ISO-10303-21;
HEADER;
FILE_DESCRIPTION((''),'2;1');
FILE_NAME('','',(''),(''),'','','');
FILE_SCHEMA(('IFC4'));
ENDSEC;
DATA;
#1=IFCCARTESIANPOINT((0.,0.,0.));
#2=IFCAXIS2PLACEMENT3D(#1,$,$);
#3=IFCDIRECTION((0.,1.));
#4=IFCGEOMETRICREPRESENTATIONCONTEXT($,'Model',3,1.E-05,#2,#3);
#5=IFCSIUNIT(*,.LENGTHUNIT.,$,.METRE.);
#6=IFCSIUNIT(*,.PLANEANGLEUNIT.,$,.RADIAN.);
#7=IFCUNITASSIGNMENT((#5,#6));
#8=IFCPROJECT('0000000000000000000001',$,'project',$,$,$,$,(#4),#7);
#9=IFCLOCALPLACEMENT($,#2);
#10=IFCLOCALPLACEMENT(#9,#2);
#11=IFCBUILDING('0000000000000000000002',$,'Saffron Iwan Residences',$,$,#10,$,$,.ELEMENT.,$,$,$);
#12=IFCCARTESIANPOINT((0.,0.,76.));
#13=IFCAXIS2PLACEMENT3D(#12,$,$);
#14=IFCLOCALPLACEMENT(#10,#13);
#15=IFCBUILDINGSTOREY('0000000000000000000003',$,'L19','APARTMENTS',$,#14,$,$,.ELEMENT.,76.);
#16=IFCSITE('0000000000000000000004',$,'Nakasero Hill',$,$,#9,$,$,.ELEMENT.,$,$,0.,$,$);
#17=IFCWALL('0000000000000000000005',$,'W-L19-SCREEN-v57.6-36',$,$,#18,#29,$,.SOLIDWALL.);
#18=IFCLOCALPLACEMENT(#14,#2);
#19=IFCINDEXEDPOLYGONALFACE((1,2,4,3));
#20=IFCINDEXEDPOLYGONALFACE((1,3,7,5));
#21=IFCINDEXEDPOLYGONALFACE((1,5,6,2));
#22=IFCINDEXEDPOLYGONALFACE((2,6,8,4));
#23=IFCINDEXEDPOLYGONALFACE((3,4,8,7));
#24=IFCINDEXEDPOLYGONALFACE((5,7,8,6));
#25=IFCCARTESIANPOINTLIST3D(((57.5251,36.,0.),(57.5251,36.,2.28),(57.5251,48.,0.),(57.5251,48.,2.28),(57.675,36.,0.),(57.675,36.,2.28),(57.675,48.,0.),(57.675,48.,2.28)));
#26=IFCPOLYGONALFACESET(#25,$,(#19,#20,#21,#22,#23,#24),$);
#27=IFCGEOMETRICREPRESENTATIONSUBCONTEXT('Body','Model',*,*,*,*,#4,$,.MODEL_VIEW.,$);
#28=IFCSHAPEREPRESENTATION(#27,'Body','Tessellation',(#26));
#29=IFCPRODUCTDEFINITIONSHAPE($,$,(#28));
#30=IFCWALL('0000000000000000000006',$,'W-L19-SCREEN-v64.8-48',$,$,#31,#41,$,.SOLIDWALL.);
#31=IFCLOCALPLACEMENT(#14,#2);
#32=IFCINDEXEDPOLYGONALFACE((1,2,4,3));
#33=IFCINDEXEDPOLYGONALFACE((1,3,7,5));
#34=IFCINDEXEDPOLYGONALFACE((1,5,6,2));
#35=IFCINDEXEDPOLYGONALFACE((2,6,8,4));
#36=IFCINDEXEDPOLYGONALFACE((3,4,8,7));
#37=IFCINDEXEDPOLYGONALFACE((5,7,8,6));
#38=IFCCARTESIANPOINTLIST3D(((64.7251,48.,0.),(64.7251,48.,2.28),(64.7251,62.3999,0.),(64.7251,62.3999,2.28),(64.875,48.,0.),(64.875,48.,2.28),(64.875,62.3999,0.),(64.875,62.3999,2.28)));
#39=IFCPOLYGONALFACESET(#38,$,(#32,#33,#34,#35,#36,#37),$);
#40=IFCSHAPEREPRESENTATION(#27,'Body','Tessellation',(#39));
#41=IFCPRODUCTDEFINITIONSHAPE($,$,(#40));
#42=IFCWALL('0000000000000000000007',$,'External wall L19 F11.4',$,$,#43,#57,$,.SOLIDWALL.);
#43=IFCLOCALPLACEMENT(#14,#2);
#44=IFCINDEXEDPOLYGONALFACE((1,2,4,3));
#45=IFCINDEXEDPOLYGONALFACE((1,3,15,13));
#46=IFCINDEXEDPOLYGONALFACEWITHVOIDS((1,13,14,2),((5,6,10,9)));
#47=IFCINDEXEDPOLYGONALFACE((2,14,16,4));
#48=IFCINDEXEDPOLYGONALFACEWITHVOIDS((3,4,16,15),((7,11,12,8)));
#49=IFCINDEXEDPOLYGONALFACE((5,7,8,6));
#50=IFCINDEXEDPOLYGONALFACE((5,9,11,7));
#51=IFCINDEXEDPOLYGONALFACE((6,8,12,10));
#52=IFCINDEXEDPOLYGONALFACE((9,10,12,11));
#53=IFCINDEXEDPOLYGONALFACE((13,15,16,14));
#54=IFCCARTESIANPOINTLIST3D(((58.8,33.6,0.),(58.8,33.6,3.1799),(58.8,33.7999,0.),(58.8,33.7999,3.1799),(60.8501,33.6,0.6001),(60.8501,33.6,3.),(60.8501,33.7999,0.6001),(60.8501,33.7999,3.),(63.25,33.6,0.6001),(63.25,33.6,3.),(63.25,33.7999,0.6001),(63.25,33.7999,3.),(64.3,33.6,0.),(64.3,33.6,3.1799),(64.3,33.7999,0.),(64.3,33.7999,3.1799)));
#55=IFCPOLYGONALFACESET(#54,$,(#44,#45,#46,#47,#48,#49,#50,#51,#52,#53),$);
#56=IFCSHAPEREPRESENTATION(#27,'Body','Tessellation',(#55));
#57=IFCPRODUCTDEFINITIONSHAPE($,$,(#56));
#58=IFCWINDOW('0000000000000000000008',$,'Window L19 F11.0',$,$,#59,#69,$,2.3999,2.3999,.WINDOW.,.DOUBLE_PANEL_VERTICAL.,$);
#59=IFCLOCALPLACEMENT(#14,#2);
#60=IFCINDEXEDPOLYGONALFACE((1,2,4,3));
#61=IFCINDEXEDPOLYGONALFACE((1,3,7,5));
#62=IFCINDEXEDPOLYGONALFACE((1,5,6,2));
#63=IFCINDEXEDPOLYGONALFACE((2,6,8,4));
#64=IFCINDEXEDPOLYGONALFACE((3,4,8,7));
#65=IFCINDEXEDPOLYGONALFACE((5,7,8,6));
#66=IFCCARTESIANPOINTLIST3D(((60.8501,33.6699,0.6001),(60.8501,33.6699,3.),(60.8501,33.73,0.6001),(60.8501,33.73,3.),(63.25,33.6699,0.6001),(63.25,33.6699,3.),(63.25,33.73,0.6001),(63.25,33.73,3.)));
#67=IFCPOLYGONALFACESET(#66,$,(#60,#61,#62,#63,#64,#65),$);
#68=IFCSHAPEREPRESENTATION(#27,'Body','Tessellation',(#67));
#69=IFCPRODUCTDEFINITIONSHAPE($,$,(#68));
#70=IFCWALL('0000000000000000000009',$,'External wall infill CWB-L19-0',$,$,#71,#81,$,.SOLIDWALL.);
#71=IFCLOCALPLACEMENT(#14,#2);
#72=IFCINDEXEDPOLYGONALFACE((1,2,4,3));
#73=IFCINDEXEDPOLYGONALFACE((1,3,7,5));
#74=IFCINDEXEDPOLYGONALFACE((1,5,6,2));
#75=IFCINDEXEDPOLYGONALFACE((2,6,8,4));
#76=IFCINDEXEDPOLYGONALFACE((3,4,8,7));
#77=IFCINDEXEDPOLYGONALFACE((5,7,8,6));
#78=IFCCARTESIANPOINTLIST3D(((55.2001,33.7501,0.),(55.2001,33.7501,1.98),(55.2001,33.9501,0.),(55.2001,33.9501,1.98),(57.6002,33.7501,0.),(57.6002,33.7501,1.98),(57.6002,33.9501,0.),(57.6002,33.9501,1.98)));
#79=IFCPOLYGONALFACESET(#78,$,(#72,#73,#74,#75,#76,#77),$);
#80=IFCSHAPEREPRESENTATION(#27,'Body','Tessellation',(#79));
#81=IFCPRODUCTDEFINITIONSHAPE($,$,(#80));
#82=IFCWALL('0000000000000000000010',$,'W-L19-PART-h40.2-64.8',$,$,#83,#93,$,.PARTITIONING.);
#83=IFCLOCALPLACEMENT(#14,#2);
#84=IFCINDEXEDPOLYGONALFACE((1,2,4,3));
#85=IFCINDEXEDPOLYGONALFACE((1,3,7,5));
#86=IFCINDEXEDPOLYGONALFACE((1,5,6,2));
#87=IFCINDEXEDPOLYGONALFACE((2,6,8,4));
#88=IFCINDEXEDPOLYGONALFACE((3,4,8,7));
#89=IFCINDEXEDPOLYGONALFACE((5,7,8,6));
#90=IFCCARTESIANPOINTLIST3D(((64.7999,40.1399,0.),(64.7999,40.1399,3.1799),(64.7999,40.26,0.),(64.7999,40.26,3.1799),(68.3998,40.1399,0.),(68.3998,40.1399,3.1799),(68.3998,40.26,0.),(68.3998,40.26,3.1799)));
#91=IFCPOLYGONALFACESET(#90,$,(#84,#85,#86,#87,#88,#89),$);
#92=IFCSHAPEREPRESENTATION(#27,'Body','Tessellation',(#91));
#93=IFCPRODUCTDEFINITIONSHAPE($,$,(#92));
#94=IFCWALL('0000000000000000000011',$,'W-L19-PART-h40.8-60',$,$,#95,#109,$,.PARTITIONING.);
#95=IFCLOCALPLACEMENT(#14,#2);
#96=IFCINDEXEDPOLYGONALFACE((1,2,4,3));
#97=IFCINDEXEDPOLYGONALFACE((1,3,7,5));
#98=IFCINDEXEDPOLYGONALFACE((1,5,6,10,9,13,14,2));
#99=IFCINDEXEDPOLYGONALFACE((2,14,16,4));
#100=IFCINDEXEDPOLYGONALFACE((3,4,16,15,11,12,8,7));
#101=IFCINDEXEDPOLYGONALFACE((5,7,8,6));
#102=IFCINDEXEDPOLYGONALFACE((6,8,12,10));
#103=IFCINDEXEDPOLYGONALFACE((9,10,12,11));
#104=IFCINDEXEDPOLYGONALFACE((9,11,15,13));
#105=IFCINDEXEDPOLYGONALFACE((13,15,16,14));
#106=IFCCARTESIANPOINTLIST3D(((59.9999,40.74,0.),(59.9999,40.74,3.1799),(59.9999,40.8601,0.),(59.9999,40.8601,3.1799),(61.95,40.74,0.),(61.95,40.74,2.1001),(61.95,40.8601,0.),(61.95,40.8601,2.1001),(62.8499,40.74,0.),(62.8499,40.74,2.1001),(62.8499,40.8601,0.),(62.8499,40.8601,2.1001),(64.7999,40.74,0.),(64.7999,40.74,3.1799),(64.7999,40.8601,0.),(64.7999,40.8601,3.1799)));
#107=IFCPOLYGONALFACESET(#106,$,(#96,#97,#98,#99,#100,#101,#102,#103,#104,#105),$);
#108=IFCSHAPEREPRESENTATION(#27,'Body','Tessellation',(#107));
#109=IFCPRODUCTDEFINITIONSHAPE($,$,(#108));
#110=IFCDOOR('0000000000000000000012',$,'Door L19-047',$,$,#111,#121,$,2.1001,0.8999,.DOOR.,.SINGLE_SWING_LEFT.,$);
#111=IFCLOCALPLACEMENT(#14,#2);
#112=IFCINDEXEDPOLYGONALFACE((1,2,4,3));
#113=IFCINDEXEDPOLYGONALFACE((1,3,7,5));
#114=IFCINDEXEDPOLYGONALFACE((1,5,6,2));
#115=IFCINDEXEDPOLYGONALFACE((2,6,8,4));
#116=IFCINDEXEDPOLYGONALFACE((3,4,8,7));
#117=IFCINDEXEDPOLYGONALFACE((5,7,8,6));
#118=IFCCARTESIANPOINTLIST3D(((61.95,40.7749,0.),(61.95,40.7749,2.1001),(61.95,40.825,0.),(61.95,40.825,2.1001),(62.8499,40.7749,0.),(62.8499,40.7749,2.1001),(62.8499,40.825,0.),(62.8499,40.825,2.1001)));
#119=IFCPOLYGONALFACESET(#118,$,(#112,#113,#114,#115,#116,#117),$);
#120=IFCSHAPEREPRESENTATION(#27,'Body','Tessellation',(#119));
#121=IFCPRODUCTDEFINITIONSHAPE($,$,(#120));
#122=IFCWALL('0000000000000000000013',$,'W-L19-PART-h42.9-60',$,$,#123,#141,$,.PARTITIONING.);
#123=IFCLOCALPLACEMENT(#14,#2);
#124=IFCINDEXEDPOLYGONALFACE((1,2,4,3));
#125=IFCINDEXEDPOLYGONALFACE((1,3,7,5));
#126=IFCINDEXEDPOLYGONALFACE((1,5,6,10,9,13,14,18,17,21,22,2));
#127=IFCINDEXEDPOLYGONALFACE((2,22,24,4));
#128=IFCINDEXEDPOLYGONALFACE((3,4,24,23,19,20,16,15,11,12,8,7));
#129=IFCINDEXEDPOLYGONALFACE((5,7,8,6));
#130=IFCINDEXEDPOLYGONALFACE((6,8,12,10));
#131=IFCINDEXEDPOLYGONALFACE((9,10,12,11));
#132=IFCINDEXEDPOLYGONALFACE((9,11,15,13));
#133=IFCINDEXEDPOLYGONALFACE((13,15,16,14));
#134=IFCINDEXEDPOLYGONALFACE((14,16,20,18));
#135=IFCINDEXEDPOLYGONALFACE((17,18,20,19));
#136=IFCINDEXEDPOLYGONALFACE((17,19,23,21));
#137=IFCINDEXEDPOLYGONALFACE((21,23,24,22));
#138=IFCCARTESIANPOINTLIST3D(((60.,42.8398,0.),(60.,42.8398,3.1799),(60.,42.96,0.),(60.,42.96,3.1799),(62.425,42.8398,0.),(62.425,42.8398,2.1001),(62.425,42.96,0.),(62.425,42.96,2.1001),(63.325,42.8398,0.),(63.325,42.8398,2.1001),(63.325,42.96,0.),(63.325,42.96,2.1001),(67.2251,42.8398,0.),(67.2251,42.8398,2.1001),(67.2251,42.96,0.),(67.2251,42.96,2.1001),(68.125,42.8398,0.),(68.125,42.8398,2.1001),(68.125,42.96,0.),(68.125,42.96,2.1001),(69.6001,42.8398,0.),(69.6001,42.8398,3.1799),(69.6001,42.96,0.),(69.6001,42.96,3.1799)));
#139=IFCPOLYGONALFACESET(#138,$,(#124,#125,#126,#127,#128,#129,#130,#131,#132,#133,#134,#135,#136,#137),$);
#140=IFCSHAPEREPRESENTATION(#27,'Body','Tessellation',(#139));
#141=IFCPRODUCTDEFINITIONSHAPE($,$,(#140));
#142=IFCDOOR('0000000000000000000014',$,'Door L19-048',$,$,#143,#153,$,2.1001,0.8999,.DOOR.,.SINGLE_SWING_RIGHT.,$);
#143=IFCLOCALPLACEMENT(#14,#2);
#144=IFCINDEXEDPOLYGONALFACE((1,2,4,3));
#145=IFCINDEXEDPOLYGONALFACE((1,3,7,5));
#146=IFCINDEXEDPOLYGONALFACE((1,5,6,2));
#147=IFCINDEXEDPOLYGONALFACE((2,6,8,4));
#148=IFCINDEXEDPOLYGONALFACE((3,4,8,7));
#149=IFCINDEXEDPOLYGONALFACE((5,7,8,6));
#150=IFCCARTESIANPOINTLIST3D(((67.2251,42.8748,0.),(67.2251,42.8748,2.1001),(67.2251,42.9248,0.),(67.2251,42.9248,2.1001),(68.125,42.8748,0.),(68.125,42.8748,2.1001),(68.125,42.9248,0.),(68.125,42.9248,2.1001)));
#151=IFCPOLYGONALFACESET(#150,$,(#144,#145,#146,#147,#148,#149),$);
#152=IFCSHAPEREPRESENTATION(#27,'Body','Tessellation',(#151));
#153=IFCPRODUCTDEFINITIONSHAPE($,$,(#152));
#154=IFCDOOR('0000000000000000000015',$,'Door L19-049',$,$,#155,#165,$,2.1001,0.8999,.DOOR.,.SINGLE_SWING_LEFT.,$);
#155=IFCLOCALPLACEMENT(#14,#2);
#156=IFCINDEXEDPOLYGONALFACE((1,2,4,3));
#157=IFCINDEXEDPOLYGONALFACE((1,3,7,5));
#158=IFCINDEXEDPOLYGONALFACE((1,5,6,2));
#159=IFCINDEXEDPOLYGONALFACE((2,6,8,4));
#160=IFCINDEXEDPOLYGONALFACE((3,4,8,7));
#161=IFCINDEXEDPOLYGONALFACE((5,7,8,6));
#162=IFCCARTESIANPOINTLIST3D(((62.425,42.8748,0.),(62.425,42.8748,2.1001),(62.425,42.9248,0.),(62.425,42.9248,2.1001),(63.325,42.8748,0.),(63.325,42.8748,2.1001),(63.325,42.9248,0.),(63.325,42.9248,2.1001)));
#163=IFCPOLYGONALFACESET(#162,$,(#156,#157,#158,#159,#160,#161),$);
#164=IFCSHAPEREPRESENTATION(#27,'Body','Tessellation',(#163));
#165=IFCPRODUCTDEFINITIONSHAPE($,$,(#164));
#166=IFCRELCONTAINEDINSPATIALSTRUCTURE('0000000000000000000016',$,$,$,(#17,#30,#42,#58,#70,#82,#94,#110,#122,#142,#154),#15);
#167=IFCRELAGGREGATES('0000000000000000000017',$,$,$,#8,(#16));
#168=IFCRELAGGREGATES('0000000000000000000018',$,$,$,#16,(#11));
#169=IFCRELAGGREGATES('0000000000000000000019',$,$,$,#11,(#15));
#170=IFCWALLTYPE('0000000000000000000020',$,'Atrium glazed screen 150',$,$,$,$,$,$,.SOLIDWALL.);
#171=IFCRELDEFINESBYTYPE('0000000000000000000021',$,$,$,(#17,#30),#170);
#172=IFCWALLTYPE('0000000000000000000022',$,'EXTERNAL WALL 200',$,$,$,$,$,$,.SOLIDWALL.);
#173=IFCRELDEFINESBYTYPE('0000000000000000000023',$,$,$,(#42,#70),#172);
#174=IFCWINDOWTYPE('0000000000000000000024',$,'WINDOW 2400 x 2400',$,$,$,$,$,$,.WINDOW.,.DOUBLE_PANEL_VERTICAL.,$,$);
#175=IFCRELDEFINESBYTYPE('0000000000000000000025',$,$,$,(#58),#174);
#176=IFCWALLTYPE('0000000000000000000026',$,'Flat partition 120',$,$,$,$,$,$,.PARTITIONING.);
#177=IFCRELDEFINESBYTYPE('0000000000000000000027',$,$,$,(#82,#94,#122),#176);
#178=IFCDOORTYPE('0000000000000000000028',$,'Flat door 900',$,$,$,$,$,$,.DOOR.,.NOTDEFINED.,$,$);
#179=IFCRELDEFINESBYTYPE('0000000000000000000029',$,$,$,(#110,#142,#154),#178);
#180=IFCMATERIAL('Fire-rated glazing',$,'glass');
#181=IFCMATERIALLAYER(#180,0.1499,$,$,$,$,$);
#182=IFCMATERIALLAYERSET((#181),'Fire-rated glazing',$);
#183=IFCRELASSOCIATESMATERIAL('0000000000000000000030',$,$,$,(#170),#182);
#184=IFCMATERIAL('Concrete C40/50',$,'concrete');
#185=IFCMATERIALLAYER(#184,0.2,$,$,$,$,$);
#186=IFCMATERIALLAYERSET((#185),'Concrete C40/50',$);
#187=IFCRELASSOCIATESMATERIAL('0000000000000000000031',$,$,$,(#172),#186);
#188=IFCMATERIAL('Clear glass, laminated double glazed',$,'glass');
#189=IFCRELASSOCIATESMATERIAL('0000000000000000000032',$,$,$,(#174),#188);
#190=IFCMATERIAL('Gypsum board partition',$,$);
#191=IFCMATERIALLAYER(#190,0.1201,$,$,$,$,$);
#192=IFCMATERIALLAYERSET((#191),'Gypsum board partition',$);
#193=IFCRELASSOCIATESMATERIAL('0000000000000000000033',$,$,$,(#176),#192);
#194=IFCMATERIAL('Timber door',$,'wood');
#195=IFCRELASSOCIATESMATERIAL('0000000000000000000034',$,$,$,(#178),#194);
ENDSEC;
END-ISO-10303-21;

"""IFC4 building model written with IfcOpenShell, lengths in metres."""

from ifc_helpers import new_model, si_unit, direction, frame, frame_2d, origin, place, context, subcontext, project, spatial, rectangle, extrude, material, layer, layer_set, type_object, element, fill, save


model = new_model("IFC4")

# Units and contexts
model_context = context("Model", 3, precision=1e-05, world=origin(), true_north=direction((0.0, 1.0)))
body_context = subcontext(model_context, "Body", "Model", "MODEL_VIEW")
ifc_project = project(units=[si_unit("LENGTHUNIT", "METRE"), si_unit("PLANEANGLEUNIT", "RADIAN")], contexts=[model_context])

# Site, building, storey
site_placement = place(None, origin())
site = spatial("IfcSite", under=ifc_project, at=site_placement, Name="Nakasero Hill", CompositionType="ELEMENT", RefElevation=0.0)
building_placement = place(site_placement, origin())
building = spatial("IfcBuilding", under=site, at=building_placement, Name="Saffron Iwan Residences", CompositionType="ELEMENT")
storey_placement = place(building_placement, frame((0.0, 0.0, 76.0)))
storey = spatial("IfcBuildingStorey", under=building, at=storey_placement, Name="L19", Description="APARTMENTS", CompositionType="ELEMENT", Elevation=76.0)

# Shared definitions
ifc_material_1 = material(Name="Clear glass, laminated double glazed", Category="glass")

# Walls
ifc_material_2 = material(Name="Fire-rated glazing", Category="glass")
ifc_layer_1 = layer(ifc_material_2, 0.1499)
ifc_layer_set_1 = layer_set([ifc_layer_1], Name="Fire-rated glazing")
wall_type_1 = type_object("IfcWallType", Name="Atrium glazed screen 150", PredefinedType="SOLIDWALL", material=ifc_layer_set_1)
wall_1_placement = place(storey_placement, frame((57.6001, 36.0, 0.0), z_axis=(0.0, 0.0, 1.0), x_axis=(0.0, 1.0, 0.0)))
element("IfcWall", 1, at=wall_1_placement, inside=storey, type_object=wall_type_1, Name="W-L19-SCREEN-v57.6-36", PredefinedType="SOLIDWALL", context=body_context, shape_type="SweptSolid", body=[
    extrude(rectangle(XDim=12.0, YDim=0.1499, at=frame_2d((6.0, 0.0))), origin(), (0.0, 0.0, 1.0), 2.28),
])
wall_2_placement = place(storey_placement, frame((64.8, 48.0, 0.0), z_axis=(0.0, 0.0, 1.0), x_axis=(0.0, 1.0, 0.0)))
element("IfcWall", 2, at=wall_2_placement, inside=storey, type_object=wall_type_1, Name="W-L19-SCREEN-v64.8-48", PredefinedType="SOLIDWALL", context=body_context, shape_type="SweptSolid", body=[
    extrude(rectangle(XDim=14.3999, YDim=0.1499, at=frame_2d((7.2, 0.0))), origin(), (0.0, 0.0, 1.0), 2.28),
])

# Wall, opening, window
ifc_material_3 = material(Name="Concrete C40/50", Category="concrete")
ifc_layer_2 = layer(ifc_material_3, 0.2)
ifc_layer_set_2 = layer_set([ifc_layer_2], Name="Concrete C40/50")
wall_type_2 = type_object("IfcWallType", Name="EXTERNAL WALL 200", PredefinedType="SOLIDWALL", material=ifc_layer_set_2)
wall_3_placement = place(storey_placement, frame((58.8, 33.7, 0.0), z_axis=(0.0, 0.0, 1.0), x_axis=(1.0, 0.0, 0.0)))
wall_3 = element("IfcWall", 3, at=wall_3_placement, inside=storey, type_object=wall_type_2, Name="External wall L19 F11.4", PredefinedType="SOLIDWALL", context=body_context, shape_type="SweptSolid", body=[
    extrude(rectangle(XDim=5.5, YDim=0.2, at=frame_2d((2.75, 0.0))), origin(), (0.0, 0.0, 1.0), 3.1799),
])
opening_1_placement = place(wall_3_placement, frame((2.05, 0.0, 0.6001)))
opening_1 = element("IfcOpeningElement", 4, at=opening_1_placement, cuts=wall_3, PredefinedType="OPENING", context=body_context, shape_type="SweptSolid", body=[
    extrude(rectangle(XDim=2.3999, YDim=2.3999, at=frame_2d((1.2, 1.2))), frame((0.0, 0.1099, 0.0), z_axis=(0.0, -1.0, 0.0), x_axis=(1.0, 0.0, 0.0)), (0.0, 0.0, 1.0), 0.22),
])
window_type = type_object("IfcWindowType", Name="WINDOW 2400 x 2400", PartitioningType="DOUBLE_PANEL_VERTICAL", PredefinedType="WINDOW", material=ifc_material_1)
window_placement = place(opening_1_placement, origin())
window = element("IfcWindow", 5, at=window_placement, inside=storey, type_object=window_type, Name="Window L19 F11.0", OverallHeight=2.3999, OverallWidth=2.3999, PartitioningType="DOUBLE_PANEL_VERTICAL", PredefinedType="WINDOW", context=body_context, shape_type="SweptSolid", body=[
    extrude(rectangle(XDim=2.3999, YDim=2.3999, at=frame_2d((1.2, 1.2))), frame((0.0, 0.03, 0.0), z_axis=(0.0, -1.0, 0.0), x_axis=(1.0, 0.0, 0.0)), (0.0, 0.0, 1.0), 0.0601),
])
fill(opening_1, window)

# Walls
wall_4_placement = place(storey_placement, frame((55.2, 33.8501, 0.0), z_axis=(0.0, 0.0, 1.0), x_axis=(1.0, 0.0, 0.0)))
element("IfcWall", 6, at=wall_4_placement, inside=storey, type_object=wall_type_2, Name="External wall infill CWB-L19-0", PredefinedType="SOLIDWALL", context=body_context, shape_type="SweptSolid", body=[
    extrude(rectangle(XDim=2.4001, YDim=0.2, at=frame_2d((1.2002, 0.0))), origin(), (0.0, 0.0, 1.0), 1.98),
])
ifc_material_4 = material(Name="Gypsum board partition")
ifc_layer_3 = layer(ifc_material_4, 0.1201)
ifc_layer_set_3 = layer_set([ifc_layer_3], Name="Gypsum board partition")
wall_type_3 = type_object("IfcWallType", Name="Flat partition 120", PredefinedType="PARTITIONING", material=ifc_layer_set_3)
wall_5_placement = place(storey_placement, frame((64.8, 40.2, 0.0), z_axis=(0.0, 0.0, 1.0), x_axis=(1.0, 0.0, 0.0)))
element("IfcWall", 7, at=wall_5_placement, inside=storey, type_object=wall_type_3, Name="W-L19-PART-h40.2-64.8", PredefinedType="PARTITIONING", context=body_context, shape_type="SweptSolid", body=[
    extrude(rectangle(XDim=3.5999, YDim=0.1201, at=frame_2d((1.7998, 0.0))), origin(), (0.0, 0.0, 1.0), 3.1799),
])

# Wall, opening, door
wall_6_placement = place(storey_placement, frame((60.0, 40.8, 0.0), z_axis=(0.0, 0.0, 1.0), x_axis=(1.0, 0.0, 0.0)))
wall_6 = element("IfcWall", 8, at=wall_6_placement, inside=storey, type_object=wall_type_3, Name="W-L19-PART-h40.8-60", PredefinedType="PARTITIONING", context=body_context, shape_type="SweptSolid", body=[
    extrude(rectangle(XDim=4.8, YDim=0.1201, at=frame_2d((2.3999, 0.0))), origin(), (0.0, 0.0, 1.0), 3.1799),
])
opening_2_placement = place(wall_6_placement, frame((1.95, 0.0, 0.0)))
opening_2 = element("IfcOpeningElement", 9, at=opening_2_placement, cuts=wall_6, PredefinedType="OPENING", context=body_context, shape_type="SweptSolid", body=[
    extrude(rectangle(XDim=0.8999, YDim=2.1001, at=frame_2d((0.45, 1.05))), frame((0.0, 0.0701, 0.0), z_axis=(0.0, -1.0, 0.0), x_axis=(1.0, 0.0, 0.0)), (0.0, 0.0, 1.0), 0.1401),
])
ifc_material_5 = material(Name="Timber door", Category="wood")
door_type = type_object("IfcDoorType", Name="Flat door 900", OperationType="NOTDEFINED", PredefinedType="DOOR", material=ifc_material_5)
door_1_placement = place(opening_2_placement, origin())
door_1 = element("IfcDoor", 10, at=door_1_placement, inside=storey, type_object=door_type, Name="Door L19-047", OperationType="SINGLE_SWING_LEFT", OverallHeight=2.1001, OverallWidth=0.8999, PredefinedType="DOOR", context=body_context, shape_type="SweptSolid", body=[
    extrude(rectangle(XDim=0.8999, YDim=2.1001, at=frame_2d((0.45, 1.05))), frame((0.0, 0.0249, 0.0), z_axis=(0.0, -1.0, 0.0), x_axis=(1.0, 0.0, 0.0)), (0.0, 0.0, 1.0), 0.05),
])
fill(opening_2, door_1)

# Wall, openings, doors
wall_7_placement = place(storey_placement, frame((60.0, 42.8999, 0.0), z_axis=(0.0, 0.0, 1.0), x_axis=(1.0, 0.0, 0.0)))
wall_7 = element("IfcWall", 11, at=wall_7_placement, inside=storey, type_object=wall_type_3, Name="W-L19-PART-h42.9-60", PredefinedType="PARTITIONING", context=body_context, shape_type="SweptSolid", body=[
    extrude(rectangle(XDim=9.6001, YDim=0.1201, at=frame_2d((4.8, 0.0))), origin(), (0.0, 0.0, 1.0), 3.1799),
])
opening_3_placement = place(wall_7_placement, frame((7.2251, 0.0, 0.0)))
opening_3 = element("IfcOpeningElement", 12, at=opening_3_placement, cuts=wall_7, PredefinedType="OPENING", context=body_context, shape_type="SweptSolid", body=[
    extrude(rectangle(XDim=0.8999, YDim=2.1001, at=frame_2d((0.45, 1.05))), frame((0.0, 0.0701, 0.0), z_axis=(0.0, -1.0, 0.0), x_axis=(1.0, 0.0, 0.0)), (0.0, 0.0, 1.0), 0.1401),
])
opening_4_placement = place(wall_7_placement, frame((2.425, 0.0, 0.0)))
opening_4 = element("IfcOpeningElement", 13, at=opening_4_placement, cuts=wall_7, PredefinedType="OPENING", context=body_context, shape_type="SweptSolid", body=[
    extrude(rectangle(XDim=0.8999, YDim=2.1001, at=frame_2d((0.45, 1.05))), frame((0.0, 0.0701, 0.0), z_axis=(0.0, -1.0, 0.0), x_axis=(1.0, 0.0, 0.0)), (0.0, 0.0, 1.0), 0.1401),
])
door_2_placement = place(opening_3_placement, origin())
door_2 = element("IfcDoor", 14, at=door_2_placement, inside=storey, type_object=door_type, Name="Door L19-048", OperationType="SINGLE_SWING_RIGHT", OverallHeight=2.1001, OverallWidth=0.8999, PredefinedType="DOOR", context=body_context, shape_type="SweptSolid", body=[
    extrude(rectangle(XDim=0.8999, YDim=2.1001, at=frame_2d((0.45, 1.05))), frame((0.0, 0.0249, 0.0), z_axis=(0.0, -1.0, 0.0), x_axis=(1.0, 0.0, 0.0)), (0.0, 0.0, 1.0), 0.05),
])
fill(opening_3, door_2)
door_3_placement = place(opening_4_placement, origin())
door_3 = element("IfcDoor", 15, at=door_3_placement, inside=storey, type_object=door_type, Name="Door L19-049", OperationType="SINGLE_SWING_LEFT", OverallHeight=2.1001, OverallWidth=0.8999, PredefinedType="DOOR", context=body_context, shape_type="SweptSolid", body=[
    extrude(rectangle(XDim=0.8999, YDim=2.1001, at=frame_2d((0.45, 1.05))), frame((0.0, 0.0249, 0.0), z_axis=(0.0, -1.0, 0.0), x_axis=(1.0, 0.0, 0.0)), (0.0, 0.0, 1.0), 0.05),
])
fill(opening_4, door_3)

save(model, "model.ifc")
